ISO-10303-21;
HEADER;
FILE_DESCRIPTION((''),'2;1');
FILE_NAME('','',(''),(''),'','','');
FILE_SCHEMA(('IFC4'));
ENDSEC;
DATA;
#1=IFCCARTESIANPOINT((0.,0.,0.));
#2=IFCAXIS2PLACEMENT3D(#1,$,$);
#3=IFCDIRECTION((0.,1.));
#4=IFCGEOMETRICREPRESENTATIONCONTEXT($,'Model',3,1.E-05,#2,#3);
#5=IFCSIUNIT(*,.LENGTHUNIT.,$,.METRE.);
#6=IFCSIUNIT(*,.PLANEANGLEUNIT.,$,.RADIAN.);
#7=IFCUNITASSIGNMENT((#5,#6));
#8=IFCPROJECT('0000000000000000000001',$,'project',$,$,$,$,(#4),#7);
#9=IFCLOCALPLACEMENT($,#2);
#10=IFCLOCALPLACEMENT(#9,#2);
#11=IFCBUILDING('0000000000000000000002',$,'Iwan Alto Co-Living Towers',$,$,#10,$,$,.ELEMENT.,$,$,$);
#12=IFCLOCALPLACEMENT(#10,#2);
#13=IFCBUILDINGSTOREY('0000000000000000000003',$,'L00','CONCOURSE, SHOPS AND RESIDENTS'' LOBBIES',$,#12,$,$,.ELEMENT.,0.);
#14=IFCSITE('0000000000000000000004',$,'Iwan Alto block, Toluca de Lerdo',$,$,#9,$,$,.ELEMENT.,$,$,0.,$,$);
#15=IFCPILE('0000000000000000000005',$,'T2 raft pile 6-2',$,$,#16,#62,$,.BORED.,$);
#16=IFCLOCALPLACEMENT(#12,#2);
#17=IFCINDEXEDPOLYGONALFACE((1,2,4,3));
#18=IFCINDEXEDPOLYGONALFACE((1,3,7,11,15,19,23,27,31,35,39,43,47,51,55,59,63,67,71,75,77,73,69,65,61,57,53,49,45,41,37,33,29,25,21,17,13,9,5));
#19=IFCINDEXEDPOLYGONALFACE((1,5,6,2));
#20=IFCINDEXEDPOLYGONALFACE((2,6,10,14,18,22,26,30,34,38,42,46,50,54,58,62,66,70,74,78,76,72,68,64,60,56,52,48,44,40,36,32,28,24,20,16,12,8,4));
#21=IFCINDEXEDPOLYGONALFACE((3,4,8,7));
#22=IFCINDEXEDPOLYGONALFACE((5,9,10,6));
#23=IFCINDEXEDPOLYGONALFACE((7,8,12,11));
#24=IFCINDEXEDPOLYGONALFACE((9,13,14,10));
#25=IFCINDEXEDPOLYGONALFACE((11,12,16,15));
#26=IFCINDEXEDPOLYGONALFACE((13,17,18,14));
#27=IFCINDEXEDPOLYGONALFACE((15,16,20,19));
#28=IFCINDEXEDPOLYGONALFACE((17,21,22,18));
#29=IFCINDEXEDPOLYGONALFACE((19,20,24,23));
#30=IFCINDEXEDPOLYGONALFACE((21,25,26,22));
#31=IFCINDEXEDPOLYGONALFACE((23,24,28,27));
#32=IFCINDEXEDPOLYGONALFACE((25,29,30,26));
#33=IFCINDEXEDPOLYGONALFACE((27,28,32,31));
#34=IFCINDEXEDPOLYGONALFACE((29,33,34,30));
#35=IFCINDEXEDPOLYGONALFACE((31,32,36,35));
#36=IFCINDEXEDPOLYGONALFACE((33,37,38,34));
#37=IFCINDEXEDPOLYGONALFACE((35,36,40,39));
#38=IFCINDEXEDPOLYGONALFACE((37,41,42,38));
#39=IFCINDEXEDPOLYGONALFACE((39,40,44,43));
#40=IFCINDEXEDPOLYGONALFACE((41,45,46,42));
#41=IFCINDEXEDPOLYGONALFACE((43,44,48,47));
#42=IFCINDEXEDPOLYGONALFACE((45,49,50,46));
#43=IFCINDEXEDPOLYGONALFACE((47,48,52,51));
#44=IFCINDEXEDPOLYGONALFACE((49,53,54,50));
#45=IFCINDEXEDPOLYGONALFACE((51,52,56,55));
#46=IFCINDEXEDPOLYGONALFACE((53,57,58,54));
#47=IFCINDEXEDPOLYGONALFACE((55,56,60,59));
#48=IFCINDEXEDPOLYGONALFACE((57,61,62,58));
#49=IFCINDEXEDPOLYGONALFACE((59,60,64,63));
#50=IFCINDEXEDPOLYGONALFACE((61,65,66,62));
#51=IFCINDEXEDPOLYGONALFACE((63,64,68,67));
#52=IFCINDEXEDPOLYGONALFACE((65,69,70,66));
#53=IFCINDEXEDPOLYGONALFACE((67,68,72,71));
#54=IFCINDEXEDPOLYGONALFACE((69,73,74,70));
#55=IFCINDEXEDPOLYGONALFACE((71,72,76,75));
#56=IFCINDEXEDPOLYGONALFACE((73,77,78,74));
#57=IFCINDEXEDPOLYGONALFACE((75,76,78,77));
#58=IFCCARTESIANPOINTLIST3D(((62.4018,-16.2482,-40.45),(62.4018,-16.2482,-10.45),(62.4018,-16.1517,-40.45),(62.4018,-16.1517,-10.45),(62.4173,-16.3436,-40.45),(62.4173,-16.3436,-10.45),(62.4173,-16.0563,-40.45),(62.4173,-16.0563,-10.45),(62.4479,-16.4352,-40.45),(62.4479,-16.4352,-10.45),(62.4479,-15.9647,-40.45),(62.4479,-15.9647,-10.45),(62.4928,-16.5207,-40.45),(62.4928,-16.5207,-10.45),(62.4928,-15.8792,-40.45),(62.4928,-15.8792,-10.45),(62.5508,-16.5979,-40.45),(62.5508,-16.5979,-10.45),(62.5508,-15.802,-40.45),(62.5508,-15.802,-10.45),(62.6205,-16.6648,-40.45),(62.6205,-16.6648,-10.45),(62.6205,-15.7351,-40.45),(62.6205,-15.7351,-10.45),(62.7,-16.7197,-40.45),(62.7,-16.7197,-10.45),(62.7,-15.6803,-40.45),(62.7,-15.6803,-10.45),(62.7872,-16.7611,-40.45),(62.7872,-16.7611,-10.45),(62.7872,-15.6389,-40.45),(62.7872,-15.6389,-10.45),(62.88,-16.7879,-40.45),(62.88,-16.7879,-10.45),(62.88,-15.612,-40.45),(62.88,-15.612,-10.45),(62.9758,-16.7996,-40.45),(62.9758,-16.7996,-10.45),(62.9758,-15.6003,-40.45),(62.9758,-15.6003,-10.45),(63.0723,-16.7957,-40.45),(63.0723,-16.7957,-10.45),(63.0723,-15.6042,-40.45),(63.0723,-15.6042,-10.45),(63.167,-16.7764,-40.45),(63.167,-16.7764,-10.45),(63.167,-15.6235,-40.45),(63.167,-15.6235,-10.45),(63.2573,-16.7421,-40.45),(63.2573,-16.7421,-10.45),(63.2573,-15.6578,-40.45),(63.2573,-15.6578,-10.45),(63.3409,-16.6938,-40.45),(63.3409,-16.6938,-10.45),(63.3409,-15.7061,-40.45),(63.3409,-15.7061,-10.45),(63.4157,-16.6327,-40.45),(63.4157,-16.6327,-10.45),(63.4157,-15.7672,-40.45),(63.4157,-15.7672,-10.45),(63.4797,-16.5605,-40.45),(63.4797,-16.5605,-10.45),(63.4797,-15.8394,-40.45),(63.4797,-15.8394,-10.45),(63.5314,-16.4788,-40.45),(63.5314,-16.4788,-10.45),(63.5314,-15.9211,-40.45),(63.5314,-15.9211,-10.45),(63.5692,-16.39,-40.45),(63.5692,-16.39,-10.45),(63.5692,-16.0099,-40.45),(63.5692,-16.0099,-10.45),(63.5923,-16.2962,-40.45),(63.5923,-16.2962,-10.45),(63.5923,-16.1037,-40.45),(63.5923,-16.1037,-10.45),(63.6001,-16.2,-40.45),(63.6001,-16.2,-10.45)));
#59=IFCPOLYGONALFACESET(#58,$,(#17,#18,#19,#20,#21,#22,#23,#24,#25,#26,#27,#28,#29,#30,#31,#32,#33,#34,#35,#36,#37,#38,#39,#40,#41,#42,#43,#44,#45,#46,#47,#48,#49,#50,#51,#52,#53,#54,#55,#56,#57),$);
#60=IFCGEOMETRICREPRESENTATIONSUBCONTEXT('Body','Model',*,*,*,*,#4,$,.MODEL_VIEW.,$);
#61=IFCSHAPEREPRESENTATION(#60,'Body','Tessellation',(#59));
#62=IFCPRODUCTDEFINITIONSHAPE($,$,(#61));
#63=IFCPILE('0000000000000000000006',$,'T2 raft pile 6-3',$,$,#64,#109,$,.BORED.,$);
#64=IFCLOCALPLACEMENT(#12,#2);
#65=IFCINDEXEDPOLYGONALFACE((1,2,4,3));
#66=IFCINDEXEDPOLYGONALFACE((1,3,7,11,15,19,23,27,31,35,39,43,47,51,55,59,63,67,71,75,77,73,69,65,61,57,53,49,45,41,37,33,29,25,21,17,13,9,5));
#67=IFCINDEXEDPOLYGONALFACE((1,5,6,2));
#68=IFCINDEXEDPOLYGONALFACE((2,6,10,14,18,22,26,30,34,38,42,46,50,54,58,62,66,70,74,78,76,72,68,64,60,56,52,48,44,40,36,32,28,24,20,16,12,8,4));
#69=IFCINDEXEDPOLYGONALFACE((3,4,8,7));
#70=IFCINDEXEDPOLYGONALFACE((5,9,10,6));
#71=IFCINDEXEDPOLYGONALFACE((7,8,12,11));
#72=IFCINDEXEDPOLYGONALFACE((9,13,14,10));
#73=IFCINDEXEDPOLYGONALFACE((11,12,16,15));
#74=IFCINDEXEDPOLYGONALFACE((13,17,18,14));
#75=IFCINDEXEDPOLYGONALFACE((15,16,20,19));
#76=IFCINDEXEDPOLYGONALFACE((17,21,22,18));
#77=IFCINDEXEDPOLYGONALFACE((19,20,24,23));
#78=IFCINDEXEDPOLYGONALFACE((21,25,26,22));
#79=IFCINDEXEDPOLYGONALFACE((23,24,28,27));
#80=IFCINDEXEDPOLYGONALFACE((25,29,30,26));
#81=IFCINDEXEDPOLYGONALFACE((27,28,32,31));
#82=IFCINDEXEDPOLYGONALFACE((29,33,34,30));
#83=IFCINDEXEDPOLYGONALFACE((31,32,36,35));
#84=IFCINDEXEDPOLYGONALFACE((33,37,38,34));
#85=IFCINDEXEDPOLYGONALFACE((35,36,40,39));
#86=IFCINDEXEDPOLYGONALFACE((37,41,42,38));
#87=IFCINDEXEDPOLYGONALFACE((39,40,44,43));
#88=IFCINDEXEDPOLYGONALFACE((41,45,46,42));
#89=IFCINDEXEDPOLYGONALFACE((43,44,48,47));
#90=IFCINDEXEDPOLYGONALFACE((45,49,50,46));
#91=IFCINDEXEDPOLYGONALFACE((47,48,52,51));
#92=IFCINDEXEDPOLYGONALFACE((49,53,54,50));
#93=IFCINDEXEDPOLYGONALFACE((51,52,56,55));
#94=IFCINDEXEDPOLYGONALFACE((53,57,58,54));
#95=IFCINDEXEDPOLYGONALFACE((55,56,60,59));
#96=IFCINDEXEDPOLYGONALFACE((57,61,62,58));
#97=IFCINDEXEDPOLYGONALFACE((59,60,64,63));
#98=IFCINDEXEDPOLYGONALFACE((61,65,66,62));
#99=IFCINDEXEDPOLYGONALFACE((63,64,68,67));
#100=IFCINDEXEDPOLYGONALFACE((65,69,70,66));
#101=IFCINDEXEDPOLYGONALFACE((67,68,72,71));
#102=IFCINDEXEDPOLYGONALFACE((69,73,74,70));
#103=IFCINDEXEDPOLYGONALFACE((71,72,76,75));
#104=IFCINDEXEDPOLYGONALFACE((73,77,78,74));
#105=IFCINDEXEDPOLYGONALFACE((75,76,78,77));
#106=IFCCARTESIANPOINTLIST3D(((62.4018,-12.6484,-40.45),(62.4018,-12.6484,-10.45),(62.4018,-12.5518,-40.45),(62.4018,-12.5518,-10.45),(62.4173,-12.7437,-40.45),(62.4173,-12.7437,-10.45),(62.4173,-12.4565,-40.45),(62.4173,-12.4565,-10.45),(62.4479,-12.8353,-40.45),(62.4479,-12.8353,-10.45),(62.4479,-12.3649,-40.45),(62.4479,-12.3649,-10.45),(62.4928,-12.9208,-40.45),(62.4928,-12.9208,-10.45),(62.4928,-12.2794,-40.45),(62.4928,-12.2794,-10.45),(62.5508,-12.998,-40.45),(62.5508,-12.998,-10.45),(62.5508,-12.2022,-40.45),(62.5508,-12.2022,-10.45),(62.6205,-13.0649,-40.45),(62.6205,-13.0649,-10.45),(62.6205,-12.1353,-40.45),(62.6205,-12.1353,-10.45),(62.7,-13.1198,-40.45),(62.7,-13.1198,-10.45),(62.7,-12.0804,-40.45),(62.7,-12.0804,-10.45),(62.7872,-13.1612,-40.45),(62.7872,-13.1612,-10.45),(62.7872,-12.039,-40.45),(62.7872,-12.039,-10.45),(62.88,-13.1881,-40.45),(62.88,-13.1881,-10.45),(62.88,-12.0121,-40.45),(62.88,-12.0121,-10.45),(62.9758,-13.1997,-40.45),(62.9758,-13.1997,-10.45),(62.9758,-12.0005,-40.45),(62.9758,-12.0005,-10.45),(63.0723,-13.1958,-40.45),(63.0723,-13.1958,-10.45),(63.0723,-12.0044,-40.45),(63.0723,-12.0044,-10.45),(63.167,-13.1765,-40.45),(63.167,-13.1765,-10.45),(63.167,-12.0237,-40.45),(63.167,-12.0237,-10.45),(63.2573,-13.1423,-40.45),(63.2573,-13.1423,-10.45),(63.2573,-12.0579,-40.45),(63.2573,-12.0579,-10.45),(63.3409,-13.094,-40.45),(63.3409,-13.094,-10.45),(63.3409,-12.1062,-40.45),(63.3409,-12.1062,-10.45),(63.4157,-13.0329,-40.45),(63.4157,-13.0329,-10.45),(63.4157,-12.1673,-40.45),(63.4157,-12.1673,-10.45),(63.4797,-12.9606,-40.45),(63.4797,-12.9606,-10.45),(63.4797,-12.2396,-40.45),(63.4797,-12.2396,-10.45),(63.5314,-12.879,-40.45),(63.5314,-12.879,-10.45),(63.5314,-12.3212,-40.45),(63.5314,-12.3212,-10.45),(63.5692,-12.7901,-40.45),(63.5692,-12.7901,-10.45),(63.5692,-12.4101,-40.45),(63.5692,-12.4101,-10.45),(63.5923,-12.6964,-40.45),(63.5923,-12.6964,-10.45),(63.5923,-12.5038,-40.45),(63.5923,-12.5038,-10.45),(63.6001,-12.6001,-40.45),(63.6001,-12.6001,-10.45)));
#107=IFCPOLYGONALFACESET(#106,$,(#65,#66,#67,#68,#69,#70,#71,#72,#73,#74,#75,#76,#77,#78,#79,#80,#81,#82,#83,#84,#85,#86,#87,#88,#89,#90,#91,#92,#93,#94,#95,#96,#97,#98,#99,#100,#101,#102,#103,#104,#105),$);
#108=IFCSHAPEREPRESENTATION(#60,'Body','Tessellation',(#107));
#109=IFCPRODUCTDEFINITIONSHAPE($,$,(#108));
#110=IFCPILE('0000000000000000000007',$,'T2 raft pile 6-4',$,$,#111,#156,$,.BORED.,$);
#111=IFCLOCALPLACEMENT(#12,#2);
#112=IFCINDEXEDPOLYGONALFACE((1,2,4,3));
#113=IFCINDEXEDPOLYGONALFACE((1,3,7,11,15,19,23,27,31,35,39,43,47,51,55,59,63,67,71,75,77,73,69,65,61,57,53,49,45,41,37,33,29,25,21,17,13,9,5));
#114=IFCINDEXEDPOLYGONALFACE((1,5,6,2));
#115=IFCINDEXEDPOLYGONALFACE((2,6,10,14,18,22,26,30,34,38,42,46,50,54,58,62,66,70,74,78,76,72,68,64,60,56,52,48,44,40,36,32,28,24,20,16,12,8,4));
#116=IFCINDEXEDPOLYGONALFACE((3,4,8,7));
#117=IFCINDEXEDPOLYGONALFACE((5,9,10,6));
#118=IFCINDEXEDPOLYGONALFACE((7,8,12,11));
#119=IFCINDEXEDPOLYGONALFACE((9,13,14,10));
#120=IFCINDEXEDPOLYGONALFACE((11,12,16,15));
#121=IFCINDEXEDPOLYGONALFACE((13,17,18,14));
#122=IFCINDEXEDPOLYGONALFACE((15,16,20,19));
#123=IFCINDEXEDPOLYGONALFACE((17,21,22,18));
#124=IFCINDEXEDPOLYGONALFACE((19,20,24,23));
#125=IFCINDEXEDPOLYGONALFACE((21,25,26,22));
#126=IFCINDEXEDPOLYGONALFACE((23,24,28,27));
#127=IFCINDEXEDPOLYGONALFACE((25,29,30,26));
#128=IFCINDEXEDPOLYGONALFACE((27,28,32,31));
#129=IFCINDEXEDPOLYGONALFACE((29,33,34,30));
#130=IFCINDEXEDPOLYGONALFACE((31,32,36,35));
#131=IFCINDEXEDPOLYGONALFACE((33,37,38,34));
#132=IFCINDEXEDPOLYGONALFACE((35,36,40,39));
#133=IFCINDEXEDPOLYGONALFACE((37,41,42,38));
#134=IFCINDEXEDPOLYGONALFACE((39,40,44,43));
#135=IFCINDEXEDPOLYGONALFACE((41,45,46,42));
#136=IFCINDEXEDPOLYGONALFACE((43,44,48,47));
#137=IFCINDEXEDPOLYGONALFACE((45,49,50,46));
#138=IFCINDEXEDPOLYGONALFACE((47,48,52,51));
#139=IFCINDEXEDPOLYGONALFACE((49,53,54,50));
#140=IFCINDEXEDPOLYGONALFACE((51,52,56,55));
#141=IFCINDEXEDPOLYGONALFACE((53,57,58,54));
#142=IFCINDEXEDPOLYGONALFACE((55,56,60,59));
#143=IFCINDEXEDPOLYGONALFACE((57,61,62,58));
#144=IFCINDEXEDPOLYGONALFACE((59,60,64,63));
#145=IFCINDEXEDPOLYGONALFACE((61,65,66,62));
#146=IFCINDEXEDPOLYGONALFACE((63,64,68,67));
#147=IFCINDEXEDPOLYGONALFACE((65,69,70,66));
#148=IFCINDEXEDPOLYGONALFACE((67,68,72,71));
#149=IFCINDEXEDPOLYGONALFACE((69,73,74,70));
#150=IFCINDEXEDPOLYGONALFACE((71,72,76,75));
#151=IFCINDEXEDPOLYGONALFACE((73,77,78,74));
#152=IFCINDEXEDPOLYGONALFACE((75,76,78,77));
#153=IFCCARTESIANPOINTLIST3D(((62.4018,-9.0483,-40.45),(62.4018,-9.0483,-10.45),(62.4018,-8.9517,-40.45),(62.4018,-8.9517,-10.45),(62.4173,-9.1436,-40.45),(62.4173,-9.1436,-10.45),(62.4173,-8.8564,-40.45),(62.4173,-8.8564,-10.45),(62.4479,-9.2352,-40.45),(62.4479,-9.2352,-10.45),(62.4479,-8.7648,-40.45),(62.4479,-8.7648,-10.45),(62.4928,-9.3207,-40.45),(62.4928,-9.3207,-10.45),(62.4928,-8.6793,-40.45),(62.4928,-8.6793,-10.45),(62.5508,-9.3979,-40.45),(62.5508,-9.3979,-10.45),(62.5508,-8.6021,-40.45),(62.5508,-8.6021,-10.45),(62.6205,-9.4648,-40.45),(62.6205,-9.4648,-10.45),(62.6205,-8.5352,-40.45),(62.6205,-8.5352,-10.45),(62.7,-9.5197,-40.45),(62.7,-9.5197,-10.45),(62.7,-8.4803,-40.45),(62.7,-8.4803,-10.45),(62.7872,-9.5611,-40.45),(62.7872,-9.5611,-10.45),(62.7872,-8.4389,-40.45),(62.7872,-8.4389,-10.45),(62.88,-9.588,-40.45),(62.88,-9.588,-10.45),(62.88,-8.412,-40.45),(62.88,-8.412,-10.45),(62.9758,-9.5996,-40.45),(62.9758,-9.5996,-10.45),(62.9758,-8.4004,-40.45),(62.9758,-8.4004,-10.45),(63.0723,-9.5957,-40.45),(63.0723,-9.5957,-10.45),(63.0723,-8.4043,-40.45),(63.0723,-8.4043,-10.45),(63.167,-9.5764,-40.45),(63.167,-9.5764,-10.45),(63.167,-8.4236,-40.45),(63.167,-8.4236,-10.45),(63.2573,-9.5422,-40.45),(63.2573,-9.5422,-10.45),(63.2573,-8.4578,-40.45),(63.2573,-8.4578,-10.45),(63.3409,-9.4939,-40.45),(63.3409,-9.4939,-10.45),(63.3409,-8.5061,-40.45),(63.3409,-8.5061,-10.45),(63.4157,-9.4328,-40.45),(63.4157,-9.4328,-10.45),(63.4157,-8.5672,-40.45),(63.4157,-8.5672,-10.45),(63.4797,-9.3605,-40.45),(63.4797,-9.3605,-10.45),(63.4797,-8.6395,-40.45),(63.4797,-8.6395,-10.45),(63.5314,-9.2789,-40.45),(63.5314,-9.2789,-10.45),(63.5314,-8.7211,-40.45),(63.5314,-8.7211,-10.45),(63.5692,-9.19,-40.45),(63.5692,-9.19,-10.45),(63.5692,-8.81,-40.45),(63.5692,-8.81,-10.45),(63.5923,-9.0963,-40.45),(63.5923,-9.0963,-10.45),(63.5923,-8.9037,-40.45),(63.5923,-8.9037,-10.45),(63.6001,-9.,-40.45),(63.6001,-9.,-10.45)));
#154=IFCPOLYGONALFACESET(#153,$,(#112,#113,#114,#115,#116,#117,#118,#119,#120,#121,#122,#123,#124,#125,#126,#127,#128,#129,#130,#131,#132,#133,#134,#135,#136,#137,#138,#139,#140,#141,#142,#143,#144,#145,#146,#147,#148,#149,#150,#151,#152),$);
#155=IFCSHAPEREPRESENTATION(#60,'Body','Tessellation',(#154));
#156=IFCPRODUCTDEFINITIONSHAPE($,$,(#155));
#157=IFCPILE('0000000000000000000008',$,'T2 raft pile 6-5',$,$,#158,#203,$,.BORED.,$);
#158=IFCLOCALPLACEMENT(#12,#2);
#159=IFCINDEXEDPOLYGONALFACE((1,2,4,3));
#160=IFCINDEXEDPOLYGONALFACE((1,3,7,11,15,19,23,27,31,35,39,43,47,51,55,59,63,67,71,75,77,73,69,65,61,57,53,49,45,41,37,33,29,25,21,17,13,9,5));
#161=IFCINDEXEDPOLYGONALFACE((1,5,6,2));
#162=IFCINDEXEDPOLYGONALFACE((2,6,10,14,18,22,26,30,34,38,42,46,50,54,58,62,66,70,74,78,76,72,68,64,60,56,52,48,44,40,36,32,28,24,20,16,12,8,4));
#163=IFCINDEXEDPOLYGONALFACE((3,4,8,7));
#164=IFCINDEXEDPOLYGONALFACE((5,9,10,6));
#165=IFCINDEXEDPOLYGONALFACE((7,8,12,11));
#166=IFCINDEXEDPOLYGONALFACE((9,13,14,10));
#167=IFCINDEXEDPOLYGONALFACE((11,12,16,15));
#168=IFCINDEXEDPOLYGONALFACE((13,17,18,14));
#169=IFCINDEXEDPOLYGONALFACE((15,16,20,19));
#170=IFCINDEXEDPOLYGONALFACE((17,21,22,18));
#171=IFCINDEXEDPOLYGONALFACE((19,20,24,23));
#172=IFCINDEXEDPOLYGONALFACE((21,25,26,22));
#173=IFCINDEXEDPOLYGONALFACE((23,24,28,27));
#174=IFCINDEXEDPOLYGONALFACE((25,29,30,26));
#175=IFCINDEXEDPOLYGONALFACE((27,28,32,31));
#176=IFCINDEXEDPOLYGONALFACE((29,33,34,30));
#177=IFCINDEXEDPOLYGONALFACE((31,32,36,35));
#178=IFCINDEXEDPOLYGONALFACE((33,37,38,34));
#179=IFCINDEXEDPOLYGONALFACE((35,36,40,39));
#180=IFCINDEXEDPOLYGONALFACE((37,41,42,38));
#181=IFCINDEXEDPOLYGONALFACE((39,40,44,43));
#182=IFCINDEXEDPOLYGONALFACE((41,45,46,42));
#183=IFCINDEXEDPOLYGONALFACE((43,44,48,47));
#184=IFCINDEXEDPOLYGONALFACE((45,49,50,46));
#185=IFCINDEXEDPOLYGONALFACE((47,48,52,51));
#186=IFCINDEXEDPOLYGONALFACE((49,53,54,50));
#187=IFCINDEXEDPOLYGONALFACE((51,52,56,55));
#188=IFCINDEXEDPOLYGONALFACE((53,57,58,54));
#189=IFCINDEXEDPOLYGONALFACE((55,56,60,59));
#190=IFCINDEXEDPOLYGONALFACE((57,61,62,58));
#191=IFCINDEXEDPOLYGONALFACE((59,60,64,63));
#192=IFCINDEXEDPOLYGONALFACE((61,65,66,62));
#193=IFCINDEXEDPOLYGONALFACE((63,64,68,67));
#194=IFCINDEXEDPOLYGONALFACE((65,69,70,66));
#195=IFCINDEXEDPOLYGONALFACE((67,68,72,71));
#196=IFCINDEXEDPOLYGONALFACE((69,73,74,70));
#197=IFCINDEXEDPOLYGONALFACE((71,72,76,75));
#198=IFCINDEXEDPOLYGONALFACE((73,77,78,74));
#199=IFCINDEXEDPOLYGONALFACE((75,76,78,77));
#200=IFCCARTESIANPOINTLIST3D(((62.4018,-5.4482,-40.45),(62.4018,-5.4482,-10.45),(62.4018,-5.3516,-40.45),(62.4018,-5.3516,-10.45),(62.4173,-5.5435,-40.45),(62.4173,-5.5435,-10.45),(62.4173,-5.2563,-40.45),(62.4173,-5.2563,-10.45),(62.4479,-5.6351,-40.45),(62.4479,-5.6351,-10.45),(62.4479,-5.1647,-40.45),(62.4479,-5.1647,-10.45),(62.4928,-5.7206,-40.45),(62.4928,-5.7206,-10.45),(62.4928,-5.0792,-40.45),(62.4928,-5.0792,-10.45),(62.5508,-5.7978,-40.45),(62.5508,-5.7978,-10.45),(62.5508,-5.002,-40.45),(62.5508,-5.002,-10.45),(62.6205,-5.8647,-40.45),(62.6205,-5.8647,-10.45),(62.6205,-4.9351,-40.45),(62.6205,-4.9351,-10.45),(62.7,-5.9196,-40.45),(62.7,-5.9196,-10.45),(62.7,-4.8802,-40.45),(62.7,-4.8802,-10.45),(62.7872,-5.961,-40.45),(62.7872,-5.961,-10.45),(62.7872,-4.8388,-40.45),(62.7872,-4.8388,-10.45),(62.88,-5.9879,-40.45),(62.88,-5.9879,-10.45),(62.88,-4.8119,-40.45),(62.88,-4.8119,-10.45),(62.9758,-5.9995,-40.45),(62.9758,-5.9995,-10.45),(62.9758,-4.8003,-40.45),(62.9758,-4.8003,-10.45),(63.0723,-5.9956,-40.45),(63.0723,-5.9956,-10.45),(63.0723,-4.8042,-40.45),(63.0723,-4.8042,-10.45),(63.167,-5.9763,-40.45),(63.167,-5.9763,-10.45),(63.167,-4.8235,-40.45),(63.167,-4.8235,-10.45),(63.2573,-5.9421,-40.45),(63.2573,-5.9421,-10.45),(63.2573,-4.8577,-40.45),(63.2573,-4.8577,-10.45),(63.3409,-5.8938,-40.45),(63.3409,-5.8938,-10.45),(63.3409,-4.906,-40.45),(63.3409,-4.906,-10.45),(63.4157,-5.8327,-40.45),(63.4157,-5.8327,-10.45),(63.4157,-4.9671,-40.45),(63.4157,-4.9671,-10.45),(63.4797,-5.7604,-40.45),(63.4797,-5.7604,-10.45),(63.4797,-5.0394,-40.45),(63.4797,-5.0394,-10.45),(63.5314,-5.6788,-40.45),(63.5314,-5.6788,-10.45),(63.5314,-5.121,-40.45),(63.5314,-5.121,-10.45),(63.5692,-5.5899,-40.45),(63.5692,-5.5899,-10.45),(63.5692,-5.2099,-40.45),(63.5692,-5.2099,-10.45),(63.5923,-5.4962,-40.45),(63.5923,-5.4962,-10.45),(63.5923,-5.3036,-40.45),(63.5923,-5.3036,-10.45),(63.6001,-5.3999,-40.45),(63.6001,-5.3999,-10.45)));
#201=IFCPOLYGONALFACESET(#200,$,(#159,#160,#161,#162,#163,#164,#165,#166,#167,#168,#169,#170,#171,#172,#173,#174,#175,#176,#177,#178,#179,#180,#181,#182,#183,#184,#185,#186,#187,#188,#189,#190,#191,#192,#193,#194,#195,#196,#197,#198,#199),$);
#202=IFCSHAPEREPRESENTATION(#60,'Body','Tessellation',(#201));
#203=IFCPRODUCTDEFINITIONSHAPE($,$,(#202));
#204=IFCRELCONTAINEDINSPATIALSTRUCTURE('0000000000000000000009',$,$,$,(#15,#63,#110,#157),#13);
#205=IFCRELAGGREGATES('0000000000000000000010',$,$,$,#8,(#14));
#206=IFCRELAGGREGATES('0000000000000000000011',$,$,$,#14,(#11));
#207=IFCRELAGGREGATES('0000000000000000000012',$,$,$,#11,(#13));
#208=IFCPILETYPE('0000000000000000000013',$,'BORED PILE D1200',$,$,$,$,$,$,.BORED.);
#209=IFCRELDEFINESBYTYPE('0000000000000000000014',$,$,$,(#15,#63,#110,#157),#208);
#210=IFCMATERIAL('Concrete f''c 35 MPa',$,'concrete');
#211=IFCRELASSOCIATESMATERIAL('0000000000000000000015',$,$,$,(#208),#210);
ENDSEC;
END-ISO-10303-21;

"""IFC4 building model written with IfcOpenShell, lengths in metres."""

from ifc_helpers import new_model, si_unit, direction, frame, origin, origin_2d, place, context, subcontext, project, spatial, circle, extrude, material, material_profile, profile_set, type_object, element, save


model = new_model("IFC4")

# Units and contexts
model_context = context("Model", 3, precision=1e-05, world=origin(), true_north=direction((0.0, 1.0)))
body_context = subcontext(model_context, "Body", "Model", "MODEL_VIEW")
ifc_project = project(units=[si_unit("LENGTHUNIT", "METRE"), si_unit("PLANEANGLEUNIT", "RADIAN")], contexts=[model_context])

# Site, building, storey
site_placement = place(None, origin())
site = spatial("IfcSite", under=ifc_project, at=site_placement, Name="Iwan Alto block, Toluca de Lerdo", CompositionType="ELEMENT", RefElevation=0.0)
building_placement = place(site_placement, origin())
building = spatial("IfcBuilding", under=site, at=building_placement, Name="Iwan Alto Co-Living Towers", CompositionType="ELEMENT")
storey_placement = place(building_placement, origin())
storey = spatial("IfcBuildingStorey", under=building, at=storey_placement, Name="L00", Description="CONCOURSE, SHOPS AND RESIDENTS' LOBBIES", CompositionType="ELEMENT", Elevation=0.0)

# Piles
ifc_material_1 = material(Name="Concrete f'c 35 MPa", Category="concrete")
ifc_material_profile = material_profile(ifc_material_1, circle(Radius=0.6001, at=origin_2d()), Name="D1200")
ifc_profile_set = profile_set([ifc_material_profile], Name="Concrete f'c 35 MPa")
pile_type = type_object("IfcPileType", Name="BORED PILE D1200", PredefinedType="BORED", material=ifc_profile_set)
for number, where, z_axis, x_axis, name in (
    (1, (63.0, -16.2, -10.45), (0.0, 0.0, -1.0), (1.0, 0.0, 0.0), "T2 raft pile 6-2"),
    (2, (63.0, -12.6001, -10.45), (0.0, 0.0, -1.0), (1.0, 0.0, 0.0), "T2 raft pile 6-3"),
    (3, (63.0, -9.0, -10.45), (0.0, 0.0, -1.0), (1.0, 0.0, 0.0), "T2 raft pile 6-4"),
    (4, (63.0, -5.3999, -10.45), (0.0, 0.0, -1.0), (1.0, 0.0, 0.0), "T2 raft pile 6-5"),
):
    element("IfcPile", number, at=place(storey_placement, frame(where, z_axis=z_axis, x_axis=x_axis)), inside=storey, type_object=pile_type, Name=name, PredefinedType="BORED", context=body_context, shape_type="SweptSolid", body=[
        extrude(circle(Radius=0.6001, at=origin_2d()), origin(), (0.0, 0.0, 1.0), 30.0),
    ])

save(model, "model.ifc")
